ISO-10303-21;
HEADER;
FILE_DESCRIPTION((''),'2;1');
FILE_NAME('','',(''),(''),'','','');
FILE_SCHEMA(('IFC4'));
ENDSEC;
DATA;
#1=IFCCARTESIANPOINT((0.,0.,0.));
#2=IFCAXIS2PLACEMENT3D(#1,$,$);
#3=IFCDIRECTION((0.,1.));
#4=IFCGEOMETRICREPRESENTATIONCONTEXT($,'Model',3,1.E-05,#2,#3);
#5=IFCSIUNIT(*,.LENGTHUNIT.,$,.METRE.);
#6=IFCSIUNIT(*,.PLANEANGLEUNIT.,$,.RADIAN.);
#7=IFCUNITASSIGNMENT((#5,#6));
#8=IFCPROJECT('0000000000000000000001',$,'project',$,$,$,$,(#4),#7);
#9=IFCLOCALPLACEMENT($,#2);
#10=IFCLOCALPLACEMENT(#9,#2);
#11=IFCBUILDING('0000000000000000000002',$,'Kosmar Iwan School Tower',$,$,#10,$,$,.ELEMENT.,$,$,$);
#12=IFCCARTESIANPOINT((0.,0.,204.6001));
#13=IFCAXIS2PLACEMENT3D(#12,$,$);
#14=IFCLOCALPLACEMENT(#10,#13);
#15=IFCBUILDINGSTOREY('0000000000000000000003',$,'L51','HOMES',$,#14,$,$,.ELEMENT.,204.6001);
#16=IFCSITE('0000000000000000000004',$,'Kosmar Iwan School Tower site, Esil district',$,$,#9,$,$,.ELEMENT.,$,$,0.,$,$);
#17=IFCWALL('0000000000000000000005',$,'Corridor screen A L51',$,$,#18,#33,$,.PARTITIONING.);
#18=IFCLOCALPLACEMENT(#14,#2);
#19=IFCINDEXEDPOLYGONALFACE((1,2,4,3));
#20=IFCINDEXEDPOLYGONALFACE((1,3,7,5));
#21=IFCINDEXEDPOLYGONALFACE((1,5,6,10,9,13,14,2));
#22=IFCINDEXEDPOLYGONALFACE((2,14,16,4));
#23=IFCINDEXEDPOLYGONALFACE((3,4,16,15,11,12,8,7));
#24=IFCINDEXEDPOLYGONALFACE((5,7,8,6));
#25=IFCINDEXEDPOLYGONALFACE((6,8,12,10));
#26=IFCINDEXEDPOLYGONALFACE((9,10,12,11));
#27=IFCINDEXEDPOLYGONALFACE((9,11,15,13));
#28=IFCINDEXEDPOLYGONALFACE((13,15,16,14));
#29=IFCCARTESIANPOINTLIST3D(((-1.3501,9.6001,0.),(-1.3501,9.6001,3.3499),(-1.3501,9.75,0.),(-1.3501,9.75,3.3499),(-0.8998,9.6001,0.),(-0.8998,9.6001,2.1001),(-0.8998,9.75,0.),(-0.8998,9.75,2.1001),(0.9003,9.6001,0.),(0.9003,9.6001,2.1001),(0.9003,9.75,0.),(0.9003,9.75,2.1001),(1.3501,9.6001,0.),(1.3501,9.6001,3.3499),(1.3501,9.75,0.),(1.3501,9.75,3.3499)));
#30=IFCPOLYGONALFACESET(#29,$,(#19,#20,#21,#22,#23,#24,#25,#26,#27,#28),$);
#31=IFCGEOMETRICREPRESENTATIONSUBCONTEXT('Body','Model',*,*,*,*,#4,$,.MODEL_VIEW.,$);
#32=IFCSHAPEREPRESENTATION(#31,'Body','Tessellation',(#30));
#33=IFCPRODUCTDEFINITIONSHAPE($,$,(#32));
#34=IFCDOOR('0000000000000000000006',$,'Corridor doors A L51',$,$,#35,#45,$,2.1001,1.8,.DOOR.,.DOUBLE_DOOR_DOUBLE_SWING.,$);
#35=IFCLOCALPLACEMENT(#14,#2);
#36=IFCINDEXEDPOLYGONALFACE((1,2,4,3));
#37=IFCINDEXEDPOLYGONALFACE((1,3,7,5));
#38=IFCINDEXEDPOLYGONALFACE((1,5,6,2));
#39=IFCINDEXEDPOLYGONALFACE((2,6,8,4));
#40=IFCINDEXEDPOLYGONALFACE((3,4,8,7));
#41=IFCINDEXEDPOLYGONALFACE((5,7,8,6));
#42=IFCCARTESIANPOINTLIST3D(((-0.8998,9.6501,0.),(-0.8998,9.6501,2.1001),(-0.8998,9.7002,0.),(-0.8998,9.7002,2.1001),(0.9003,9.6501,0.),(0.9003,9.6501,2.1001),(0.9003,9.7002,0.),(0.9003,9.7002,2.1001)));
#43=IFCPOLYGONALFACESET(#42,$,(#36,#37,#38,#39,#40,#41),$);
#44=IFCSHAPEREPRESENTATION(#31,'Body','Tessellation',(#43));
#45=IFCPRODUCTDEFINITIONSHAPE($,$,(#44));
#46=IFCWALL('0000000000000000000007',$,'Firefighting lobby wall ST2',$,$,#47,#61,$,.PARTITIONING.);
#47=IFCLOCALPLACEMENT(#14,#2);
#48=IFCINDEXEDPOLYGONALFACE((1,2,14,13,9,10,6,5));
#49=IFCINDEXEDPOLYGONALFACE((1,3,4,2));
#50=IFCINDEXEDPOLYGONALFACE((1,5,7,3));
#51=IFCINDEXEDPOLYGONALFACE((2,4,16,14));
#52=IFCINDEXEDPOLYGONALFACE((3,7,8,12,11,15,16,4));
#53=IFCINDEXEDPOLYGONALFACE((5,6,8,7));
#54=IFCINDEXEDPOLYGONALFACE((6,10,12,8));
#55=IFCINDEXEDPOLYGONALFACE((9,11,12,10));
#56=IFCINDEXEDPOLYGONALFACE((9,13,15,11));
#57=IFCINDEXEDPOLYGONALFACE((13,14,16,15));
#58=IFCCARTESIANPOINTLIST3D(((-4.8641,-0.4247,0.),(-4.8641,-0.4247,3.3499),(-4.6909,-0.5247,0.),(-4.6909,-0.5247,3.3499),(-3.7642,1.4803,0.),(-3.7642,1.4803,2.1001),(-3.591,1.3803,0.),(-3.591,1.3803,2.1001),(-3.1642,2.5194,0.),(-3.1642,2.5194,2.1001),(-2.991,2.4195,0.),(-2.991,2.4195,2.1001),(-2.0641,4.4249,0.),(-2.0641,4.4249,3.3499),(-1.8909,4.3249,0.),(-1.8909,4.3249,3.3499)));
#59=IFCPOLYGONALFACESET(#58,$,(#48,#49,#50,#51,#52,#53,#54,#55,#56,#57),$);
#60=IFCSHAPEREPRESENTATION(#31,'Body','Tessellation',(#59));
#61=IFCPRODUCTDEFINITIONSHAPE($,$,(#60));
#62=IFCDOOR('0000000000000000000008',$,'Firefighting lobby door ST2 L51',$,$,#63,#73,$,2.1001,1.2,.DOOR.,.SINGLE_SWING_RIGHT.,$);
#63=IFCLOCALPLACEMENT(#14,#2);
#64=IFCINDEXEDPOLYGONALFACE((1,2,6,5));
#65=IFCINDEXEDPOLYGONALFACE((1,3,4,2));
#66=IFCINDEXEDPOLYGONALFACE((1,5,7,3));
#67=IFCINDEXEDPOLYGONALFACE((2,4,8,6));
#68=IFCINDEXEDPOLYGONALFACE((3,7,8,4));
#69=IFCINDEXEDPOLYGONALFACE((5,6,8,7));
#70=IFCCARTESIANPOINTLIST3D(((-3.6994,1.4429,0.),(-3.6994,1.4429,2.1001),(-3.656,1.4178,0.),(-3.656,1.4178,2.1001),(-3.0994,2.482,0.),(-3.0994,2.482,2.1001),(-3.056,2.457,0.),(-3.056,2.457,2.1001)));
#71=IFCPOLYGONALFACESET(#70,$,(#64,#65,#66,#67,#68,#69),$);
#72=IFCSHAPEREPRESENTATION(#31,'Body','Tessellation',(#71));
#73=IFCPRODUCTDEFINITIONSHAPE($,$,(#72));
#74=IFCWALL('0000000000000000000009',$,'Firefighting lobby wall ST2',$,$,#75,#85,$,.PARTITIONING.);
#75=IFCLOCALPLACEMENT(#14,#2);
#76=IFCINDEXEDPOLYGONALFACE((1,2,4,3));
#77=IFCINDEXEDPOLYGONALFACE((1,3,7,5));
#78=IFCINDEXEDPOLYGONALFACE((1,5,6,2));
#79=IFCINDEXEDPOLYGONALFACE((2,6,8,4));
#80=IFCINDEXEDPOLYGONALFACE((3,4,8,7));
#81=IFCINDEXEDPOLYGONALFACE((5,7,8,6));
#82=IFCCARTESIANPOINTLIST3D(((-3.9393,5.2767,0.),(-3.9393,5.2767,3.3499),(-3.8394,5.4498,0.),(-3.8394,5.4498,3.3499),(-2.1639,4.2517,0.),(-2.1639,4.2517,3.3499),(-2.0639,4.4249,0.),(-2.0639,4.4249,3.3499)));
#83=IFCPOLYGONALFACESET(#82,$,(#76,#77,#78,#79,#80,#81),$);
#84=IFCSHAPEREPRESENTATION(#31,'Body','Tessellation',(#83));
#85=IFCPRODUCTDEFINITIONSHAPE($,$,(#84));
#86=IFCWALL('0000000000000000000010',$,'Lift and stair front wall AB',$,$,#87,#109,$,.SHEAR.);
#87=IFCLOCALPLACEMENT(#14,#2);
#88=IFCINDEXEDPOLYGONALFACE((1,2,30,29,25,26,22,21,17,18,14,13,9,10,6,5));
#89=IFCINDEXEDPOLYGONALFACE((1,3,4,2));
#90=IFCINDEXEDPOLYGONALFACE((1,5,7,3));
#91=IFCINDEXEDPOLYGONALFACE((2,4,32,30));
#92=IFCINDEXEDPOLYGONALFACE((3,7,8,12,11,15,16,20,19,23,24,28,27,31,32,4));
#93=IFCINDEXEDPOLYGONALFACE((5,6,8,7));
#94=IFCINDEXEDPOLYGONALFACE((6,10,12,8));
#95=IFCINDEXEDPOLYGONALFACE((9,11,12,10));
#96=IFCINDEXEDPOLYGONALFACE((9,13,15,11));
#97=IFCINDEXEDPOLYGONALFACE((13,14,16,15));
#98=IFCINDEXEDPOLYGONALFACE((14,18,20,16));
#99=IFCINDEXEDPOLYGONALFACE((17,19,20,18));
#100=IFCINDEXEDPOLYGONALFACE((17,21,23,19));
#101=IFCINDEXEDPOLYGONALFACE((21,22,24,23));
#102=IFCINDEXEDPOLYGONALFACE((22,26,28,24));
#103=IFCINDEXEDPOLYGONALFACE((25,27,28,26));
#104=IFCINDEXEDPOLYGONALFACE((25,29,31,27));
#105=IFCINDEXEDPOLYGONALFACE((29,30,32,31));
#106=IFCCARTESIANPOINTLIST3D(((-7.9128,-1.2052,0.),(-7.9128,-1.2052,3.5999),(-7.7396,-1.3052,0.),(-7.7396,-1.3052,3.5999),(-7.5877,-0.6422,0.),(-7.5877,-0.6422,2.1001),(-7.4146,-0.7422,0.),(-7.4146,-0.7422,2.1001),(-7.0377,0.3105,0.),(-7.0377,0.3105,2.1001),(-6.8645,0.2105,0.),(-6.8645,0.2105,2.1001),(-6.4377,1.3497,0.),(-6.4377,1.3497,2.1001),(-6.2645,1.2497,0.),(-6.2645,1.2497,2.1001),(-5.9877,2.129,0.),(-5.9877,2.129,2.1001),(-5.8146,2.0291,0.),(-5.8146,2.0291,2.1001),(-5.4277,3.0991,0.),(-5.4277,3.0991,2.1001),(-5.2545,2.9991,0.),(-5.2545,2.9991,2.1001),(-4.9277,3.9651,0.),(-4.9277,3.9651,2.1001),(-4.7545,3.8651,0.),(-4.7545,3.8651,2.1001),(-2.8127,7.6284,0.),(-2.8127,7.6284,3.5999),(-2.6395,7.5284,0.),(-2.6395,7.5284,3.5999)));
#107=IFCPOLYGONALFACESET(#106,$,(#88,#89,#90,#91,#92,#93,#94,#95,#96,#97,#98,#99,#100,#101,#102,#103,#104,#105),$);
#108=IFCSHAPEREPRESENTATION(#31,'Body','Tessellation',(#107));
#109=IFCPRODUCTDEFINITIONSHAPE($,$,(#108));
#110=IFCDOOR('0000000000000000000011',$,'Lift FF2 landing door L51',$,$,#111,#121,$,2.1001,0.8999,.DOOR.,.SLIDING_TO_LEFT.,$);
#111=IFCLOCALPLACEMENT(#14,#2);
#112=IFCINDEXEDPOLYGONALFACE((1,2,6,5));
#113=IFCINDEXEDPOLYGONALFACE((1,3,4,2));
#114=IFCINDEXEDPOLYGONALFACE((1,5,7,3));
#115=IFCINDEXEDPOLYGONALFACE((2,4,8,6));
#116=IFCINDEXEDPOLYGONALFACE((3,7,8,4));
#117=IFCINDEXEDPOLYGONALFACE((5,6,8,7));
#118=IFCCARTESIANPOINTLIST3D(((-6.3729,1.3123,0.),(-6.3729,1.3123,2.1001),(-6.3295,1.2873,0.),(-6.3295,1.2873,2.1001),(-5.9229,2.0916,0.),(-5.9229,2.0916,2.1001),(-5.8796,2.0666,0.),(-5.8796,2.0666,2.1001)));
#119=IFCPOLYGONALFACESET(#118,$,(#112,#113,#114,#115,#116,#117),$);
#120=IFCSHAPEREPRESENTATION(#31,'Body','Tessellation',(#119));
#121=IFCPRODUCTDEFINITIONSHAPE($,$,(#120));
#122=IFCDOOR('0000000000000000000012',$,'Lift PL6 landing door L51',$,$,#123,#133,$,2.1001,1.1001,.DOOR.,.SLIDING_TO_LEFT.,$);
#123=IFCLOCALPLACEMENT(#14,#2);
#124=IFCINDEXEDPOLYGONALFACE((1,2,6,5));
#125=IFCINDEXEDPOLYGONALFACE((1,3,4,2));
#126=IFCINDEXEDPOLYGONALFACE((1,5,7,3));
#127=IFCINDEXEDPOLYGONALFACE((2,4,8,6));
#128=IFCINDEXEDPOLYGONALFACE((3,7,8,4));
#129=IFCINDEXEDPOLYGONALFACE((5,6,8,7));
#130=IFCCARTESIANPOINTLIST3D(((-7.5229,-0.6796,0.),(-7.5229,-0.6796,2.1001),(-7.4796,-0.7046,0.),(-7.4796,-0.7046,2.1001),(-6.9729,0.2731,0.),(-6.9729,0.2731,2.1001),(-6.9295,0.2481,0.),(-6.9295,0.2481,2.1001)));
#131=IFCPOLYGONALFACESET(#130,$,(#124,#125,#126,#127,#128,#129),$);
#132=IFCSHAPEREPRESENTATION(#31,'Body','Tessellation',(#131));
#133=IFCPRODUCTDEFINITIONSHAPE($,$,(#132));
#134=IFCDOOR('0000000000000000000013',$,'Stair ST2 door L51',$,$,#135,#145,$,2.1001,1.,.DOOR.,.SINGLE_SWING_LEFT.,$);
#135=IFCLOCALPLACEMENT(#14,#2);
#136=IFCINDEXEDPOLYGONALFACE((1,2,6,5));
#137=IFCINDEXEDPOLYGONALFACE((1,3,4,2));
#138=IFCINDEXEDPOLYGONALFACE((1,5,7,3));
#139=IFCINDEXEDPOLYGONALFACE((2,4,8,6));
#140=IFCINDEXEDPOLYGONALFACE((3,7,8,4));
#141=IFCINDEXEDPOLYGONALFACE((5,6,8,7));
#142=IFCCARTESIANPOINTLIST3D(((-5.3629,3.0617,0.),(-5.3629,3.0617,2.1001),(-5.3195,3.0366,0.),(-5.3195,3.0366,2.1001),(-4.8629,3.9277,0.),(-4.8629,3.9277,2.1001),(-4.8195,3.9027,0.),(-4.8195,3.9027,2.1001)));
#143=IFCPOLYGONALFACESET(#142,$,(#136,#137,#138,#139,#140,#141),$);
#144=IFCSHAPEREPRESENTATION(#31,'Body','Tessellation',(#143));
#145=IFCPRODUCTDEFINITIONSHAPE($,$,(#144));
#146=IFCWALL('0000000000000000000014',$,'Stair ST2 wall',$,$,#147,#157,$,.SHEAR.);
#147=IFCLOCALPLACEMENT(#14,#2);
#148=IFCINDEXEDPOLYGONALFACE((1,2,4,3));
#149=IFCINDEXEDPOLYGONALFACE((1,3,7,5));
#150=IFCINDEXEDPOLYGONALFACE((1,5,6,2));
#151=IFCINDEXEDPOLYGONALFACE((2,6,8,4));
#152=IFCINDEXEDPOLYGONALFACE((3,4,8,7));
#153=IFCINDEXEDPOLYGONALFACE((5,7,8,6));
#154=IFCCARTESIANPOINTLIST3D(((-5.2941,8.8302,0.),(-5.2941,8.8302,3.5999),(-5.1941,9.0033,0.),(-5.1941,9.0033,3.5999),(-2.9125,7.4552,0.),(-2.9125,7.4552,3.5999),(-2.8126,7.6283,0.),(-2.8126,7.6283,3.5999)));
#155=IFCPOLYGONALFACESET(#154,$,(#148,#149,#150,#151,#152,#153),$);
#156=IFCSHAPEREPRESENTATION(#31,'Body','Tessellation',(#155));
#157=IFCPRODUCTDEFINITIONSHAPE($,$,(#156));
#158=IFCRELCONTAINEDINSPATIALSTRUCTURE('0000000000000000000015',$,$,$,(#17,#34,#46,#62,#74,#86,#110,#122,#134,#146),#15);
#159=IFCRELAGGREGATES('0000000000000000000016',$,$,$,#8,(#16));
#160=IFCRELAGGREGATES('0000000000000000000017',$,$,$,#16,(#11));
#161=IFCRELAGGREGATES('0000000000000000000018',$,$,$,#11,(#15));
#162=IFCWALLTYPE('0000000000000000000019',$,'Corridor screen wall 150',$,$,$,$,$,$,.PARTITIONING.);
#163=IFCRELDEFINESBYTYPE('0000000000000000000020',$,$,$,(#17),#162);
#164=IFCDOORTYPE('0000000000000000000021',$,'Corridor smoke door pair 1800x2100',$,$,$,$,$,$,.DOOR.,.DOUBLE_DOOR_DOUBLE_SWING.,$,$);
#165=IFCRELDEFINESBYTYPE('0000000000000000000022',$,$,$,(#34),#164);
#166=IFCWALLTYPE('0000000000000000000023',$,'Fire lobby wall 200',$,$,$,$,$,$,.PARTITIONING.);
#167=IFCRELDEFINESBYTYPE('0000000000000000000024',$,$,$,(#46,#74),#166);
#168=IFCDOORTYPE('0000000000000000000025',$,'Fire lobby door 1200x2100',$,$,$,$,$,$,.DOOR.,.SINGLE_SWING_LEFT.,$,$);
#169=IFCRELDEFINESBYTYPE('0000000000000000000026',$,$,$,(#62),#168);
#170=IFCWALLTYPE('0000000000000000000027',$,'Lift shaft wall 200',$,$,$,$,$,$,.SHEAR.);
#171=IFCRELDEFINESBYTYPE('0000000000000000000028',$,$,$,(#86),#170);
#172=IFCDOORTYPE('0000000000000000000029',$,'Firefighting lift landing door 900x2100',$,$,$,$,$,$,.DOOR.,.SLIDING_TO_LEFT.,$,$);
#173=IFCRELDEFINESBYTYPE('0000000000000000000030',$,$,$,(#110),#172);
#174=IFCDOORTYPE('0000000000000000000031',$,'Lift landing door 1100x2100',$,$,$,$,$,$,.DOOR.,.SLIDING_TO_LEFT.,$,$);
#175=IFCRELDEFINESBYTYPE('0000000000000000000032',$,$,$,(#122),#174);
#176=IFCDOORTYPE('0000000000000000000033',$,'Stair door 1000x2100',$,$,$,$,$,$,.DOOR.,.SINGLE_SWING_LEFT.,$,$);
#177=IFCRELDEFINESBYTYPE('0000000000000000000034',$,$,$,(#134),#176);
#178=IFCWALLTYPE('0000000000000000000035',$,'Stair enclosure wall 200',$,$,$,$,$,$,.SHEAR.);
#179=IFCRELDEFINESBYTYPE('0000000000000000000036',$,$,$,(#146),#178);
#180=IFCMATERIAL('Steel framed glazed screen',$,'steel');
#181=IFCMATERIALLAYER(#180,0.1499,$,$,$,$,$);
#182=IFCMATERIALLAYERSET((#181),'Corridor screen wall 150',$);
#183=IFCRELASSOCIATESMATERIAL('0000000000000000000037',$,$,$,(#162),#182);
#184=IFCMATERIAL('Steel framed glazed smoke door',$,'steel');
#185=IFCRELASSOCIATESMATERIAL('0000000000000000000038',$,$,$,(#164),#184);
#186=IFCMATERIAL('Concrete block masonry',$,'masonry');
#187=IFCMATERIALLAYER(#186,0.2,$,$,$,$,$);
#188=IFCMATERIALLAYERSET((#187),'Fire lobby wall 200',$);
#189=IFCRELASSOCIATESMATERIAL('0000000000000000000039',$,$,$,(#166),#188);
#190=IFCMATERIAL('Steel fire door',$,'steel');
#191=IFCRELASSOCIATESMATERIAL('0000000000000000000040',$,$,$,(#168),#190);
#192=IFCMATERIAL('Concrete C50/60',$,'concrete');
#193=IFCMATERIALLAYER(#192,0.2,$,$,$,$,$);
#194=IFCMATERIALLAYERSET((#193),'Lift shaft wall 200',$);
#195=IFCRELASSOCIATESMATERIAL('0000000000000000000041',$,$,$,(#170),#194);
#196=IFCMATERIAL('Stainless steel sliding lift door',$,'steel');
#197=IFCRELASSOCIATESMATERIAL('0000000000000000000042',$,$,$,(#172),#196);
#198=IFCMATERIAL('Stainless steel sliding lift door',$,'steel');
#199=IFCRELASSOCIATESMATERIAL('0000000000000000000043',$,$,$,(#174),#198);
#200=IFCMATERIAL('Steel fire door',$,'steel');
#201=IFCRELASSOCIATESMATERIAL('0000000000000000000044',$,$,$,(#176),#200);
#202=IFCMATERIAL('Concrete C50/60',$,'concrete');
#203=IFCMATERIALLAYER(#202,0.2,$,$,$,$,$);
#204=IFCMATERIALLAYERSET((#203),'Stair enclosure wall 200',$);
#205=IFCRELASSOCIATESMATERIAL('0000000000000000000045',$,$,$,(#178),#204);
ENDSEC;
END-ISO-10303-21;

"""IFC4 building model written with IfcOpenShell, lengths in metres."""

from ifc_helpers import new_model, si_unit, direction, frame, frame_2d, origin, place, context, subcontext, project, spatial, rectangle, extrude, material, layer, layer_set, type_object, element, fill, save


model = new_model("IFC4")

# Units and contexts
model_context = context("Model", 3, precision=1e-05, world=origin(), true_north=direction((0.0, 1.0)))
body_context = subcontext(model_context, "Body", "Model", "MODEL_VIEW")
ifc_project = project(units=[si_unit("LENGTHUNIT", "METRE"), si_unit("PLANEANGLEUNIT", "RADIAN")], contexts=[model_context])

# Site, building, storey
site_placement = place(None, origin())
site = spatial("IfcSite", under=ifc_project, at=site_placement, Name="Kosmar Iwan School Tower site, Esil district", CompositionType="ELEMENT", RefElevation=0.0)
building_placement = place(site_placement, origin())
building = spatial("IfcBuilding", under=site, at=building_placement, Name="Kosmar Iwan School Tower", CompositionType="ELEMENT")
storey_placement = place(building_placement, frame((0.0, 0.0, 204.6001)))
storey = spatial("IfcBuildingStorey", under=building, at=storey_placement, Name="L51", Description="HOMES", CompositionType="ELEMENT", Elevation=204.6001)

# Walls, openings, doors
ifc_material_1 = material(Name="Steel framed glazed screen", Category="steel")
ifc_layer_1 = layer(ifc_material_1, 0.1499)
ifc_layer_set_1 = layer_set([ifc_layer_1], Name="Corridor screen wall 150")
wall_type_1 = type_object("IfcWallType", Name="Corridor screen wall 150", PredefinedType="PARTITIONING", material=ifc_layer_set_1)
wall_1_placement = place(storey_placement, frame((1.3501, 9.675, 0.0), z_axis=(0.0, 0.0, 1.0), x_axis=(-1.0, 0.0, 0.0)))
wall_1 = element("IfcWall", 1, at=wall_1_placement, inside=storey, type_object=wall_type_1, Name="Corridor screen A L51", PredefinedType="PARTITIONING", context=body_context, shape_type="SweptSolid", body=[
    extrude(rectangle(XDim=2.7002, YDim=0.1499, at=frame_2d((1.3501, 0.0))), origin(), (0.0, 0.0, 1.0), 3.3499),
])
opening_1_placement = place(wall_1_placement, frame((0.45, 0.0, 0.0)))
opening_1 = element("IfcOpeningElement", 2, at=opening_1_placement, cuts=wall_1, PredefinedType="OPENING", context=body_context, shape_type="SweptSolid", body=[
    extrude(rectangle(XDim=1.8, YDim=2.1001, at=frame_2d((0.8999, 1.05))), frame((0.0, 0.0869, 0.0), z_axis=(0.0, -1.0, 0.0), x_axis=(1.0, 0.0, 0.0)), (0.0, 0.0, 1.0), 0.1738),
])
ifc_material_2 = material(Name="Steel framed glazed smoke door", Category="steel")
door_type_1 = type_object("IfcDoorType", Name="Corridor smoke door pair 1800x2100", OperationType="DOUBLE_DOOR_DOUBLE_SWING", PredefinedType="DOOR", material=ifc_material_2)
door_1_placement = place(opening_1_placement, origin())
door_1 = element("IfcDoor", 3, at=door_1_placement, inside=storey, type_object=door_type_1, Name="Corridor doors A L51", OperationType="DOUBLE_DOOR_DOUBLE_SWING", OverallHeight=2.1001, OverallWidth=1.8, PredefinedType="DOOR", context=body_context, shape_type="SweptSolid", body=[
    extrude(rectangle(XDim=1.8, YDim=2.1001, at=frame_2d((0.8999, 1.05))), frame((0.0, 0.0249, 0.0), z_axis=(0.0, -1.0, 0.0), x_axis=(1.0, 0.0, 0.0)), (0.0, 0.0, 1.0), 0.05),
])
fill(opening_1, door_1)
ifc_material_3 = material(Name="Concrete block masonry", Category="masonry")
ifc_layer_2 = layer(ifc_material_3, 0.2)
ifc_layer_set_2 = layer_set([ifc_layer_2], Name="Fire lobby wall 200")
wall_type_2 = type_object("IfcWallType", Name="Fire lobby wall 200", PredefinedType="PARTITIONING", material=ifc_layer_set_2)
wall_2_placement = place(storey_placement, frame((-1.9775, 4.3748, 0.0), z_axis=(0.0, 0.0, 1.0), x_axis=(-0.500017, -0.866016, 0.0)))
wall_2 = element("IfcWall", 4, at=wall_2_placement, inside=storey, type_object=wall_type_2, Name="Firefighting lobby wall ST2", PredefinedType="PARTITIONING", context=body_context, shape_type="SweptSolid", body=[
    extrude(rectangle(XDim=5.5999, YDim=0.2, at=frame_2d((2.7998, 0.0))), origin(), (0.0, 0.0, 1.0), 3.3499),
])
opening_2_placement = place(wall_2_placement, frame((2.2, 0.0, 0.0)))
opening_2 = element("IfcOpeningElement", 5, at=opening_2_placement, cuts=wall_2, PredefinedType="OPENING", context=body_context, shape_type="SweptSolid", body=[
    extrude(rectangle(XDim=1.2, YDim=2.1001, at=frame_2d((0.6001, 1.05))), frame((0.0, 0.1121, 0.0), z_axis=(0.0, -1.0, 0.0), x_axis=(1.0, 0.0, 0.0)), (0.0, 0.0, 1.0), 0.2239),
])
ifc_material_4 = material(Name="Steel fire door", Category="steel")
door_type_2 = type_object("IfcDoorType", Name="Fire lobby door 1200x2100", OperationType="SINGLE_SWING_LEFT", PredefinedType="DOOR", material=ifc_material_4)
door_2_placement = place(opening_2_placement, origin())
door_2 = element("IfcDoor", 6, at=door_2_placement, inside=storey, type_object=door_type_2, Name="Firefighting lobby door ST2 L51", OperationType="SINGLE_SWING_RIGHT", OverallHeight=2.1001, OverallWidth=1.2, PredefinedType="DOOR", context=body_context, shape_type="SweptSolid", body=[
    extrude(rectangle(XDim=1.2, YDim=2.1001, at=frame_2d((0.6001, 1.05))), frame((0.0, 0.0249, 0.0), z_axis=(0.0, -1.0, 0.0), x_axis=(1.0, 0.0, 0.0)), (0.0, 0.0, 1.0), 0.05),
])
fill(opening_2, door_2)

# Wall
wall_3_placement = place(storey_placement, frame((-2.114, 4.3384, 0.0), z_axis=(0.0, 0.0, 1.0), x_axis=(-0.866051, 0.499956, 0.0)))
element("IfcWall", 7, at=wall_3_placement, inside=storey, type_object=wall_type_2, Name="Firefighting lobby wall ST2", PredefinedType="PARTITIONING", context=body_context, shape_type="SweptSolid", body=[
    extrude(rectangle(XDim=2.05, YDim=0.2, at=frame_2d((1.0249, 0.0))), origin(), (0.0, 0.0, 1.0), 3.3499),
])

# Wall, openings, doors
ifc_material_5 = material(Name="Concrete C50/60", Category="concrete")
ifc_layer_3 = layer(ifc_material_5, 0.2)
ifc_layer_set_3 = layer_set([ifc_layer_3], Name="Lift shaft wall 200")
wall_type_3 = type_object("IfcWallType", Name="Lift shaft wall 200", PredefinedType="SHEAR", material=ifc_layer_set_3)
wall_4_placement = place(storey_placement, frame((-2.7261, 7.5784, 0.0), z_axis=(0.0, 0.0, 1.0), x_axis=(-0.500006, -0.866022, 0.0)))
wall_4 = element("IfcWall", 8, at=wall_4_placement, inside=storey, type_object=wall_type_3, Name="Lift and stair front wall AB", PredefinedType="SHEAR", context=body_context, shape_type="SweptSolid", body=[
    extrude(rectangle(XDim=10.2002, YDim=0.2, at=frame_2d((5.1001, 0.0))), origin(), (0.0, 0.0, 1.0), 3.5999),
])
opening_3_placement = place(wall_4_placement, frame((6.3501, 0.0, 0.0)))
opening_3 = element("IfcOpeningElement", 9, at=opening_3_placement, cuts=wall_4, PredefinedType="OPENING", context=body_context, shape_type="SweptSolid", body=[
    extrude(rectangle(XDim=0.8999, YDim=2.1001, at=frame_2d((0.45, 1.05))), frame((0.0, 0.1121, 0.0), z_axis=(0.0, -1.0, 0.0), x_axis=(1.0, 0.0, 0.0)), (0.0, 0.0, 1.0), 0.2239),
])
opening_4_placement = place(wall_4_placement, frame((8.45, 0.0, 0.0)))
opening_4 = element("IfcOpeningElement", 10, at=opening_4_placement, cuts=wall_4, PredefinedType="OPENING", context=body_context, shape_type="SweptSolid", body=[
    extrude(rectangle(XDim=1.1001, YDim=2.1001, at=frame_2d((0.55, 1.05))), frame((0.0, 0.1121, 0.0), z_axis=(0.0, -1.0, 0.0), x_axis=(1.0, 0.0, 0.0)), (0.0, 0.0, 1.0), 0.2239),
])
opening_5_placement = place(wall_4_placement, frame((4.23, 0.0, 0.0)))
opening_5 = element("IfcOpeningElement", 11, at=opening_5_placement, cuts=wall_4, PredefinedType="OPENING", context=body_context, shape_type="SweptSolid", body=[
    extrude(rectangle(XDim=1.0, YDim=2.1001, at=frame_2d((0.5, 1.05))), frame((0.0, 0.1121, 0.0), z_axis=(0.0, -1.0, 0.0), x_axis=(1.0, 0.0, 0.0)), (0.0, 0.0, 1.0), 0.2239),
])
ifc_material_6 = material(Name="Stainless steel sliding lift door", Category="steel")
door_type_3 = type_object("IfcDoorType", Name="Firefighting lift landing door 900x2100", OperationType="SLIDING_TO_LEFT", PredefinedType="DOOR", material=ifc_material_6)
door_3_placement = place(opening_3_placement, origin())
door_3 = element("IfcDoor", 12, at=door_3_placement, inside=storey, type_object=door_type_3, Name="Lift FF2 landing door L51", OperationType="SLIDING_TO_LEFT", OverallHeight=2.1001, OverallWidth=0.8999, PredefinedType="DOOR", context=body_context, shape_type="SweptSolid", body=[
    extrude(rectangle(XDim=0.8999, YDim=2.1001, at=frame_2d((0.45, 1.05))), frame((0.0, 0.0249, 0.0), z_axis=(0.0, -1.0, 0.0), x_axis=(1.0, 0.0, 0.0)), (0.0, 0.0, 1.0), 0.05),
])
fill(opening_3, door_3)
ifc_material_7 = material(Name="Stainless steel sliding lift door", Category="steel")
door_type_4 = type_object("IfcDoorType", Name="Lift landing door 1100x2100", OperationType="SLIDING_TO_LEFT", PredefinedType="DOOR", material=ifc_material_7)
door_4_placement = place(opening_4_placement, origin())
door_4 = element("IfcDoor", 13, at=door_4_placement, inside=storey, type_object=door_type_4, Name="Lift PL6 landing door L51", OperationType="SLIDING_TO_LEFT", OverallHeight=2.1001, OverallWidth=1.1001, PredefinedType="DOOR", context=body_context, shape_type="SweptSolid", body=[
    extrude(rectangle(XDim=1.1001, YDim=2.1001, at=frame_2d((0.55, 1.05))), frame((0.0, 0.0249, 0.0), z_axis=(0.0, -1.0, 0.0), x_axis=(1.0, 0.0, 0.0)), (0.0, 0.0, 1.0), 0.05),
])
fill(opening_4, door_4)
ifc_material_8 = material(Name="Steel fire door", Category="steel")
door_type_5 = type_object("IfcDoorType", Name="Stair door 1000x2100", OperationType="SINGLE_SWING_LEFT", PredefinedType="DOOR", material=ifc_material_8)
door_5_placement = place(opening_5_placement, origin())
door_5 = element("IfcDoor", 14, at=door_5_placement, inside=storey, type_object=door_type_5, Name="Stair ST2 door L51", OperationType="SINGLE_SWING_LEFT", OverallHeight=2.1001, OverallWidth=1.0, PredefinedType="DOOR", context=body_context, shape_type="SweptSolid", body=[
    extrude(rectangle(XDim=1.0, YDim=2.1001, at=frame_2d((0.5, 1.05))), frame((0.0, 0.0249, 0.0), z_axis=(0.0, -1.0, 0.0), x_axis=(1.0, 0.0, 0.0)), (0.0, 0.0, 1.0), 0.05),
])
fill(opening_5, door_5)

# Wall
ifc_material_9 = material(Name="Concrete C50/60", Category="concrete")
ifc_layer_4 = layer(ifc_material_9, 0.2)
ifc_layer_set_4 = layer_set([ifc_layer_4], Name="Stair enclosure wall 200")
wall_type_4 = type_object("IfcWallType", Name="Stair enclosure wall 200", PredefinedType="SHEAR", material=ifc_layer_set_4)
wall_5_placement = place(storey_placement, frame((-2.8625, 7.5417, 0.0), z_axis=(0.0, 0.0, 1.0), x_axis=(-0.866027, 0.499997, 0.0)))
element("IfcWall", 15, at=wall_5_placement, inside=storey, type_object=wall_type_4, Name="Stair ST2 wall", PredefinedType="SHEAR", context=body_context, shape_type="SweptSolid", body=[
    extrude(rectangle(XDim=2.75, YDim=0.2, at=frame_2d((1.375, 0.0))), origin(), (0.0, 0.0, 1.0), 3.5999),
])

save(model, "model.ifc")
